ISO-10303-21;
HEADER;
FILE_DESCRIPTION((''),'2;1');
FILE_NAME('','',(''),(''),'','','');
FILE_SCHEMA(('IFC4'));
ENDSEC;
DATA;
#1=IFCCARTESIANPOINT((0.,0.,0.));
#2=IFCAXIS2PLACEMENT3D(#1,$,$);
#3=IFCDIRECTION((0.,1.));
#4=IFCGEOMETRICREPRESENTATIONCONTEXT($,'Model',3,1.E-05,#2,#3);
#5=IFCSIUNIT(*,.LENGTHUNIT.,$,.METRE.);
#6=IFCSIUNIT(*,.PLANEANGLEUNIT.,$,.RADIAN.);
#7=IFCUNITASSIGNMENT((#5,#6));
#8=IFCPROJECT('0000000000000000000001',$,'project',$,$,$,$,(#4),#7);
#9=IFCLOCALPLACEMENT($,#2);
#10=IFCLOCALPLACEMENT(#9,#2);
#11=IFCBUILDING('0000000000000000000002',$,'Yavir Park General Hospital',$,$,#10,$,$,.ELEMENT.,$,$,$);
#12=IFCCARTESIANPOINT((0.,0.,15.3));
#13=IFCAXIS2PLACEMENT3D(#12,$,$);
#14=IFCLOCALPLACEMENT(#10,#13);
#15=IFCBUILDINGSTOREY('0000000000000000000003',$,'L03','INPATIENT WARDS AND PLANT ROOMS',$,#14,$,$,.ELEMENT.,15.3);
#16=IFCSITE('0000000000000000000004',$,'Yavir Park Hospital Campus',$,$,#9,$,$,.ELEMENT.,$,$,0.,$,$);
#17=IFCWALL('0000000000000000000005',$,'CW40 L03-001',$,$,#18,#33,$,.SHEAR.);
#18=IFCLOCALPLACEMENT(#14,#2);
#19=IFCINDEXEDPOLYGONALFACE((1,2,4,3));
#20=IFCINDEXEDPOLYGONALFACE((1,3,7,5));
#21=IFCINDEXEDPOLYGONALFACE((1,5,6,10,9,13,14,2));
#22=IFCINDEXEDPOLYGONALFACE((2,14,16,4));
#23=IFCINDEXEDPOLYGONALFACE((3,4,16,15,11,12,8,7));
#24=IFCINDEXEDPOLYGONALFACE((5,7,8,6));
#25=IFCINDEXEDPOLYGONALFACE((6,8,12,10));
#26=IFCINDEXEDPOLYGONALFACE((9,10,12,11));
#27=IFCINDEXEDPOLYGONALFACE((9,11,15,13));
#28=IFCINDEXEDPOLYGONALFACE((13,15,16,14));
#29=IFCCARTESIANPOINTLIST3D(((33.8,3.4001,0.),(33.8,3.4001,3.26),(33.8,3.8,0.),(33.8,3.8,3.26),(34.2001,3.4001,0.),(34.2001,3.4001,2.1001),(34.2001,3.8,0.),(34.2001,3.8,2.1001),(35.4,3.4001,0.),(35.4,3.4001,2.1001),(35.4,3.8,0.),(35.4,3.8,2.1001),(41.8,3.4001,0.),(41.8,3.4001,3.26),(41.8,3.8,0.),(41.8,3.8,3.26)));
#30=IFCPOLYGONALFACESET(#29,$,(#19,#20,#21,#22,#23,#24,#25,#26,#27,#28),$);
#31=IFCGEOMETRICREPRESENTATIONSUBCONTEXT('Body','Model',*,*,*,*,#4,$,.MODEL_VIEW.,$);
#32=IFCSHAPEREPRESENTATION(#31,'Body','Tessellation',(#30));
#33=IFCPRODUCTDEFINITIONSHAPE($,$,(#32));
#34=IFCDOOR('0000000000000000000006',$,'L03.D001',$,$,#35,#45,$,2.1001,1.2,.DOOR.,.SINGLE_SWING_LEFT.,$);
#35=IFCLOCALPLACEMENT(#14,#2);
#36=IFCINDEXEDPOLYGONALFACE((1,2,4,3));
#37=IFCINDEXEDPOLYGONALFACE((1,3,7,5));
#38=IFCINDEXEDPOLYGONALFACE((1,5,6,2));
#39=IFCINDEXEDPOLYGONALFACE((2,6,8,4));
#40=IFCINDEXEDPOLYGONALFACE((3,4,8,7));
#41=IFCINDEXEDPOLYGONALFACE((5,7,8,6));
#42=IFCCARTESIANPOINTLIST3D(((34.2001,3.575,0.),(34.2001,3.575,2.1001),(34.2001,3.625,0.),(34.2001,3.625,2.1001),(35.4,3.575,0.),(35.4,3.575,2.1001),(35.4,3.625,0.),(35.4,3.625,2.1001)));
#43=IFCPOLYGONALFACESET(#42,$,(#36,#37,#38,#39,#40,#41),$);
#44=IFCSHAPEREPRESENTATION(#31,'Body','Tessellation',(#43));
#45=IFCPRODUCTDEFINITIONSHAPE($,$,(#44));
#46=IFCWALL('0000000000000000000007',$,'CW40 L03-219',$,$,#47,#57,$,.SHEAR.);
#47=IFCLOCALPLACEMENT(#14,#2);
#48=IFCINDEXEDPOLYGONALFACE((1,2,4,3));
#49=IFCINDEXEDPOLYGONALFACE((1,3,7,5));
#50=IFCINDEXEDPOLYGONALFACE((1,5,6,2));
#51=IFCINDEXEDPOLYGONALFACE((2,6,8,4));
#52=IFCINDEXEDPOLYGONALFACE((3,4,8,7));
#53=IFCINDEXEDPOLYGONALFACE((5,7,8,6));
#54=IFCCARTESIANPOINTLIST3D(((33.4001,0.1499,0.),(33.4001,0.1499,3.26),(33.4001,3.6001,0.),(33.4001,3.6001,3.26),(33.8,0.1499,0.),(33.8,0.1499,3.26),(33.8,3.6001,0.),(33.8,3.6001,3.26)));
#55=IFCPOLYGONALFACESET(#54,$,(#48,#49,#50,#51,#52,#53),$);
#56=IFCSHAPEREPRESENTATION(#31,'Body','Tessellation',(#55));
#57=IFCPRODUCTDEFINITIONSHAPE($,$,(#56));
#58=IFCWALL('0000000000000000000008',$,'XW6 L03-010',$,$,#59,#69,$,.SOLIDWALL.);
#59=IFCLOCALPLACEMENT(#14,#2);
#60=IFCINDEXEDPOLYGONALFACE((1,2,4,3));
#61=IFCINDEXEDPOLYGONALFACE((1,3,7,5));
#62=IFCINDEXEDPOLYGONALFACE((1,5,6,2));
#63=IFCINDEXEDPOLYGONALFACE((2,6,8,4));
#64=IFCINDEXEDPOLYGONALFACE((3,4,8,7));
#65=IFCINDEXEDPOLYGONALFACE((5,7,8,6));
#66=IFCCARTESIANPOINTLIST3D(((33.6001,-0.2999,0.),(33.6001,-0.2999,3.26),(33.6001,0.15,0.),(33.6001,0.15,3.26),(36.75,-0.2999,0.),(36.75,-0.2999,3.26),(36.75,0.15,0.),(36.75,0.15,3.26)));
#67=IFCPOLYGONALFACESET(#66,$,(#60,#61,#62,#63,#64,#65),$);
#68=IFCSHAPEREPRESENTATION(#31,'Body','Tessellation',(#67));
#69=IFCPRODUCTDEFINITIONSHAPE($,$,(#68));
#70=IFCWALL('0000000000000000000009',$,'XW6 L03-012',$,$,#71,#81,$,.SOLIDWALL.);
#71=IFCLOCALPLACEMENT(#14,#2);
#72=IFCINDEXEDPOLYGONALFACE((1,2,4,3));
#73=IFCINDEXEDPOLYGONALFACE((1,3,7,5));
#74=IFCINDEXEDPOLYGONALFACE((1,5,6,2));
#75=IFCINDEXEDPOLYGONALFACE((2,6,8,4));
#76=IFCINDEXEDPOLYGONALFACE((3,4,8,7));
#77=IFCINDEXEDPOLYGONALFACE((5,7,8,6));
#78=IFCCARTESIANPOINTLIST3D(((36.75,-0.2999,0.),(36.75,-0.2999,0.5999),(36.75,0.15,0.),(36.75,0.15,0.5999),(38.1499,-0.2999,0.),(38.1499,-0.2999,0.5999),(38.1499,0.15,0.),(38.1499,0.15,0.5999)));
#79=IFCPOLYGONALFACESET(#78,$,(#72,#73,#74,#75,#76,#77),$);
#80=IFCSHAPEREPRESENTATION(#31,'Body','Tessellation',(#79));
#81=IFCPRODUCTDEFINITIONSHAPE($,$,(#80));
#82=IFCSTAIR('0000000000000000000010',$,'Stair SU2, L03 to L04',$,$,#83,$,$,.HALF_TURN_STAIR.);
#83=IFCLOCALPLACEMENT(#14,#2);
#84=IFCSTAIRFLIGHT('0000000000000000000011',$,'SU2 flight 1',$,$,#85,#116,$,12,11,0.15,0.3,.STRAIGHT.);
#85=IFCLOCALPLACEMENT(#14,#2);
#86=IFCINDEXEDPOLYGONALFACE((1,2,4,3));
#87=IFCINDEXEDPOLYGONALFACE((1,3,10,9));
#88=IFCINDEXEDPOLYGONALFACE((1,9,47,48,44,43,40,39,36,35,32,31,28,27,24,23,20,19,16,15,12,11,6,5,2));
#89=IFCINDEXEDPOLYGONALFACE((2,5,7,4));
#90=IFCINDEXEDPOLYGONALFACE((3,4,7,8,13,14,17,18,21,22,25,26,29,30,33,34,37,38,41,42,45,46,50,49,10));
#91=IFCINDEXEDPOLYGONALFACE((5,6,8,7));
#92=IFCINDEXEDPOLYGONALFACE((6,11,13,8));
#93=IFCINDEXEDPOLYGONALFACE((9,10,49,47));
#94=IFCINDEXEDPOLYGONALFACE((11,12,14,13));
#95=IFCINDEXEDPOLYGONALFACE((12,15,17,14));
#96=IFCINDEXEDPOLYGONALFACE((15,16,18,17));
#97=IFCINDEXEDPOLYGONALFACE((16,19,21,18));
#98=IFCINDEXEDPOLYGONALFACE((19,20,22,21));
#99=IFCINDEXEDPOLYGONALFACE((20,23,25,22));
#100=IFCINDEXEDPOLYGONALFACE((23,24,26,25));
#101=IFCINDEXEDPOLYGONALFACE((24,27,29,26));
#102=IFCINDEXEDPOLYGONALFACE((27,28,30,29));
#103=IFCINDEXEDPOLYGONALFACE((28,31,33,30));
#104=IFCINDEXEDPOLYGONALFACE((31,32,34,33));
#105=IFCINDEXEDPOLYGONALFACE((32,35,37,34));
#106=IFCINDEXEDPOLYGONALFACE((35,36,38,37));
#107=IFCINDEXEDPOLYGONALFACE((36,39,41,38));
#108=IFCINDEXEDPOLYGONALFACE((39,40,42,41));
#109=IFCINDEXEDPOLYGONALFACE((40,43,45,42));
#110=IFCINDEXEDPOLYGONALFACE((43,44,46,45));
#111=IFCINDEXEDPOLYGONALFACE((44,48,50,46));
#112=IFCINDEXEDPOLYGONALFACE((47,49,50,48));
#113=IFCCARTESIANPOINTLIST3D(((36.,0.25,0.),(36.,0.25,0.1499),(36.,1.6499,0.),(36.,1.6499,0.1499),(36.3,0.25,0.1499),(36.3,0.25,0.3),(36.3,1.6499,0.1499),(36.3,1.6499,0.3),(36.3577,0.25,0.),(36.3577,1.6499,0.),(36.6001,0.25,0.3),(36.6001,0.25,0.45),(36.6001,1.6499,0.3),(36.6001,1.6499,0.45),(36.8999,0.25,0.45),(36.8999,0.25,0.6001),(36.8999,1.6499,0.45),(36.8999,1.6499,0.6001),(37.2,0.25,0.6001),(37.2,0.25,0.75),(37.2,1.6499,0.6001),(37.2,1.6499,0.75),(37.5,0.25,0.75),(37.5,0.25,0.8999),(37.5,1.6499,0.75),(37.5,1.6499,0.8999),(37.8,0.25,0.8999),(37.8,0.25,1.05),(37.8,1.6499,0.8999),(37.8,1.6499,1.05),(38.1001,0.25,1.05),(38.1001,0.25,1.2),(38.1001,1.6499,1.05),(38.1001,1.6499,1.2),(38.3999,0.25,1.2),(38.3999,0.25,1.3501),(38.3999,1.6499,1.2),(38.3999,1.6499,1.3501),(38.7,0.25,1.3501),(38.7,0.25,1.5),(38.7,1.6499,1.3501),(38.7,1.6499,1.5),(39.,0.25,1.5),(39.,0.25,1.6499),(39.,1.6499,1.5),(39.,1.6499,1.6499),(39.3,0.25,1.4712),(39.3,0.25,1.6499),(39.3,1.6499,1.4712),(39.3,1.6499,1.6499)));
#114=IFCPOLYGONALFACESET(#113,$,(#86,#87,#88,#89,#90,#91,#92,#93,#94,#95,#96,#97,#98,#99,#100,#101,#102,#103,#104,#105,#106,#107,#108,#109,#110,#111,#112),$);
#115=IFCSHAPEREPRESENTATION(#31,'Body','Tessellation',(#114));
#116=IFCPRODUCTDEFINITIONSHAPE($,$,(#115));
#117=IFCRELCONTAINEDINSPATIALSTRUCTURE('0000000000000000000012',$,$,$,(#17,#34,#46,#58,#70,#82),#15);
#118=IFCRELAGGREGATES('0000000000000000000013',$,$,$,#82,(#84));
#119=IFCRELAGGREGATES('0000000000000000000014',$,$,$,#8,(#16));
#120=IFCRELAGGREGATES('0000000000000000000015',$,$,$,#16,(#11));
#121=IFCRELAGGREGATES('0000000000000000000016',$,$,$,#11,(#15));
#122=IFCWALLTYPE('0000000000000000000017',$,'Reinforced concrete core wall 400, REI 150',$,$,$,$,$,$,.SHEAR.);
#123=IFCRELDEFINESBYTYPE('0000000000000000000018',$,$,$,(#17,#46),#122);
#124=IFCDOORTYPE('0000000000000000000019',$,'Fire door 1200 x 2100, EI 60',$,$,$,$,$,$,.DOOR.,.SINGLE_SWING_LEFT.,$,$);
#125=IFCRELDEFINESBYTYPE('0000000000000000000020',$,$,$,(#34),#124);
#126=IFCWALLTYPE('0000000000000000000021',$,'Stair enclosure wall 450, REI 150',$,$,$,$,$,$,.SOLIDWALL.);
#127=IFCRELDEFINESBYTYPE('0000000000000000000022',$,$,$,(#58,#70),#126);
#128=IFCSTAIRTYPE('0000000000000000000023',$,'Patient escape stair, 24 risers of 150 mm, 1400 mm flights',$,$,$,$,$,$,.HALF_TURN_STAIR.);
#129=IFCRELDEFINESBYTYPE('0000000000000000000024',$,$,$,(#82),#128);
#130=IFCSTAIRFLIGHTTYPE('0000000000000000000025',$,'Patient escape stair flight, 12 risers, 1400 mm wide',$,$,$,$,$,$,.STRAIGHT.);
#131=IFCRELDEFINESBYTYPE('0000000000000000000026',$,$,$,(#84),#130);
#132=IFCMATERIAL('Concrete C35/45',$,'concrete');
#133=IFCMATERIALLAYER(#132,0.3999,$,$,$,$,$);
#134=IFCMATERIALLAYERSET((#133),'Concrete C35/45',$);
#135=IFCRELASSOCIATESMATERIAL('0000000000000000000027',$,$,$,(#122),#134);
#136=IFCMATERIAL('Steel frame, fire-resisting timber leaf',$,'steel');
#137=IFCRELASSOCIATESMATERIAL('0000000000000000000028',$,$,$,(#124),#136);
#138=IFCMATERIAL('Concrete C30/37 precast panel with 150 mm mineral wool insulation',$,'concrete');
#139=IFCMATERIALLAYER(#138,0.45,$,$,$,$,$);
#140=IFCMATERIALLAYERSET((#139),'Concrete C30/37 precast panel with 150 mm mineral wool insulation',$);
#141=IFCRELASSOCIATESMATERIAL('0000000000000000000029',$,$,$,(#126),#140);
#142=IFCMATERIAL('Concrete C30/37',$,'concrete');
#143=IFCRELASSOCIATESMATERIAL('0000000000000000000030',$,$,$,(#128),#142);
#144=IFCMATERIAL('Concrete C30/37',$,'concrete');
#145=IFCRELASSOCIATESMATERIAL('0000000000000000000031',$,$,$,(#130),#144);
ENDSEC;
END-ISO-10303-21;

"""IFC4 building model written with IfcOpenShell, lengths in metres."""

from ifc_helpers import new_model, si_unit, direction, frame, frame_2d, origin, place, context, subcontext, project, spatial, polyline, rectangle, outline, extrude, material, layer, layer_set, type_object, element, fill, aggregate, save


model = new_model("IFC4")

# Units and contexts
model_context = context("Model", 3, precision=1e-05, world=origin(), true_north=direction((0.0, 1.0)))
body_context = subcontext(model_context, "Body", "Model", "MODEL_VIEW")
ifc_project = project(units=[si_unit("LENGTHUNIT", "METRE"), si_unit("PLANEANGLEUNIT", "RADIAN")], contexts=[model_context])

# Site, building, storey
site_placement = place(None, origin())
site = spatial("IfcSite", under=ifc_project, at=site_placement, Name="Yavir Park Hospital Campus", CompositionType="ELEMENT", RefElevation=0.0)
building_placement = place(site_placement, origin())
building = spatial("IfcBuilding", under=site, at=building_placement, Name="Yavir Park General Hospital", CompositionType="ELEMENT")
storey_placement = place(building_placement, frame((0.0, 0.0, 15.3)))
storey = spatial("IfcBuildingStorey", under=building, at=storey_placement, Name="L03", Description="INPATIENT WARDS AND PLANT ROOMS", CompositionType="ELEMENT", Elevation=15.3)

# Wall, opening, door
ifc_material_1 = material(Name="Concrete C35/45", Category="concrete")
ifc_layer_1 = layer(ifc_material_1, 0.3999)
ifc_layer_set_1 = layer_set([ifc_layer_1], Name="Concrete C35/45")
wall_type_1 = type_object("IfcWallType", Name="Reinforced concrete core wall 400, REI 150", PredefinedType="SHEAR", material=ifc_layer_set_1)
wall_1_placement = place(storey_placement, frame((33.8, 3.6001, 0.0), z_axis=(0.0, 0.0, 1.0), x_axis=(1.0, 0.0, 0.0)))
wall_1 = element("IfcWall", 1, at=wall_1_placement, inside=storey, type_object=wall_type_1, Name="CW40 L03-001", PredefinedType="SHEAR", context=body_context, shape_type="SweptSolid", body=[
    extrude(rectangle(XDim=8.0, YDim=0.3999, at=frame_2d((4.0, 0.0))), origin(), (0.0, 0.0, 1.0), 3.26),
])
opening_1_placement = place(wall_1_placement, frame((0.3999, 0.0, 0.0)))
opening_1 = element("IfcOpeningElement", 2, at=opening_1_placement, cuts=wall_1, PredefinedType="OPENING", context=body_context, shape_type="SweptSolid", body=[
    extrude(rectangle(XDim=1.2, YDim=2.1001, at=frame_2d((0.6001, 1.05))), frame((0.0, 0.21, 0.0), z_axis=(0.0, -1.0, 0.0), x_axis=(1.0, 0.0, 0.0)), (0.0, 0.0, 1.0), 0.4199),
])
ifc_material_2 = material(Name="Steel frame, fire-resisting timber leaf", Category="steel")
door_type_1 = type_object("IfcDoorType", Name="Fire door 1200 x 2100, EI 60", OperationType="SINGLE_SWING_LEFT", PredefinedType="DOOR", material=ifc_material_2)
door_1_placement = place(opening_1_placement, origin())
door_1 = element("IfcDoor", 3, at=door_1_placement, inside=storey, type_object=door_type_1, Name="L03.D001", OperationType="SINGLE_SWING_LEFT", OverallHeight=2.1001, OverallWidth=1.2, PredefinedType="DOOR", context=body_context, shape_type="SweptSolid", body=[
    extrude(rectangle(XDim=1.2, YDim=2.1001, at=frame_2d((0.6001, 1.05))), frame((0.0, 0.0249, 0.0), z_axis=(0.0, -1.0, 0.0), x_axis=(1.0, 0.0, 0.0)), (0.0, 0.0, 1.0), 0.05),
])
fill(opening_1, door_1)

# Walls
wall_2_placement = place(storey_placement, frame((33.6001, 0.1499, 0.0), z_axis=(0.0, 0.0, 1.0), x_axis=(0.0, 1.0, 0.0)))
element("IfcWall", 4, at=wall_2_placement, inside=storey, type_object=wall_type_1, Name="CW40 L03-219", PredefinedType="SHEAR", context=body_context, shape_type="SweptSolid", body=[
    extrude(rectangle(XDim=3.4502, YDim=0.3999, at=frame_2d((1.7251, 0.0))), origin(), (0.0, 0.0, 1.0), 3.26),
])
ifc_material_3 = material(Name="Concrete C30/37 precast panel with 150 mm mineral wool insulation", Category="concrete")
ifc_layer_2 = layer(ifc_material_3, 0.45)
ifc_layer_set_2 = layer_set([ifc_layer_2], Name="Concrete C30/37 precast panel with 150 mm mineral wool insulation")
wall_type_2 = type_object("IfcWallType", Name="Stair enclosure wall 450, REI 150", PredefinedType="SOLIDWALL", material=ifc_layer_set_2)
wall_3_placement = place(storey_placement, frame((33.6001, -0.075, 0.0), z_axis=(0.0, 0.0, 1.0), x_axis=(1.0, 0.0, 0.0)))
element("IfcWall", 5, at=wall_3_placement, inside=storey, type_object=wall_type_2, Name="XW6 L03-010", PredefinedType="SOLIDWALL", context=body_context, shape_type="SweptSolid", body=[
    extrude(rectangle(XDim=3.1499, YDim=0.45, at=frame_2d((1.575, 0.0))), origin(), (0.0, 0.0, 1.0), 3.26),
])
wall_4_placement = place(storey_placement, frame((36.75, -0.075, 0.0), z_axis=(0.0, 0.0, 1.0), x_axis=(1.0, 0.0, 0.0)))
element("IfcWall", 6, at=wall_4_placement, inside=storey, type_object=wall_type_2, Name="XW6 L03-012", PredefinedType="SOLIDWALL", context=body_context, shape_type="SweptSolid", body=[
    extrude(rectangle(XDim=1.3999, YDim=0.45, at=frame_2d((0.7, 0.0))), origin(), (0.0, 0.0, 1.0), 0.5999),
])

# Stair, stair flight
ifc_material_4 = material(Name="Concrete C30/37", Category="concrete")
stair_type = type_object("IfcStairType", Name="Patient escape stair, 24 risers of 150 mm, 1400 mm flights", PredefinedType="HALF_TURN_STAIR", material=ifc_material_4)
stair_placement = place(storey_placement, origin())
stair = element("IfcStair", 7, at=stair_placement, inside=storey, type_object=stair_type, Name="Stair SU2, L03 to L04", PredefinedType="HALF_TURN_STAIR")
ifc_material_5 = material(Name="Concrete C30/37", Category="concrete")
stair_flight_type = type_object("IfcStairFlightType", Name="Patient escape stair flight, 12 risers, 1400 mm wide", PredefinedType="STRAIGHT", material=ifc_material_5)
stair_flight_placement = place(storey_placement, frame((36.0, 0.95, 0.0), z_axis=(0.0, 0.0, 1.0), x_axis=(1.0, 0.0, 0.0)))
stair_flight = element("IfcStairFlight", 8, at=stair_flight_placement, type_object=stair_flight_type, Name="SU2 flight 1", NumberOfRisers=12, NumberOfTreads=11, PredefinedType="STRAIGHT", RiserHeight=0.15, TreadLength=0.3, context=body_context, shape_type="SweptSolid", body=[
    extrude(outline(polyline([(0.0, 0.0), (0.0, 0.1499), (0.3, 0.1499), (0.3, 0.3), (0.6001, 0.3), (0.6001, 0.45), (0.8999, 0.45), (0.8999, 0.6001), (1.2, 0.6001), (1.2, 0.75), (1.5, 0.75), (1.5, 0.8999), (1.8, 0.8999), (1.8, 1.05), (2.1001, 1.05), (2.1001, 1.2), (2.3999, 1.2), (2.3999, 1.3501), (2.7, 1.3501), (2.7, 1.5), (3.0, 1.5), (3.0, 1.6499), (3.3, 1.6499), (3.3, 1.8), (3.3, 1.4712), (0.3577, 0.0), (0.0, 0.0)])), frame((0.0, 0.7, 0.0), z_axis=(0.0, -1.0, 0.0), x_axis=(1.0, 0.0, 0.0)), (0.0, 0.0, 1.0), 1.3999),
])
aggregate(stair, [stair_flight])

save(model, "model.ifc")
